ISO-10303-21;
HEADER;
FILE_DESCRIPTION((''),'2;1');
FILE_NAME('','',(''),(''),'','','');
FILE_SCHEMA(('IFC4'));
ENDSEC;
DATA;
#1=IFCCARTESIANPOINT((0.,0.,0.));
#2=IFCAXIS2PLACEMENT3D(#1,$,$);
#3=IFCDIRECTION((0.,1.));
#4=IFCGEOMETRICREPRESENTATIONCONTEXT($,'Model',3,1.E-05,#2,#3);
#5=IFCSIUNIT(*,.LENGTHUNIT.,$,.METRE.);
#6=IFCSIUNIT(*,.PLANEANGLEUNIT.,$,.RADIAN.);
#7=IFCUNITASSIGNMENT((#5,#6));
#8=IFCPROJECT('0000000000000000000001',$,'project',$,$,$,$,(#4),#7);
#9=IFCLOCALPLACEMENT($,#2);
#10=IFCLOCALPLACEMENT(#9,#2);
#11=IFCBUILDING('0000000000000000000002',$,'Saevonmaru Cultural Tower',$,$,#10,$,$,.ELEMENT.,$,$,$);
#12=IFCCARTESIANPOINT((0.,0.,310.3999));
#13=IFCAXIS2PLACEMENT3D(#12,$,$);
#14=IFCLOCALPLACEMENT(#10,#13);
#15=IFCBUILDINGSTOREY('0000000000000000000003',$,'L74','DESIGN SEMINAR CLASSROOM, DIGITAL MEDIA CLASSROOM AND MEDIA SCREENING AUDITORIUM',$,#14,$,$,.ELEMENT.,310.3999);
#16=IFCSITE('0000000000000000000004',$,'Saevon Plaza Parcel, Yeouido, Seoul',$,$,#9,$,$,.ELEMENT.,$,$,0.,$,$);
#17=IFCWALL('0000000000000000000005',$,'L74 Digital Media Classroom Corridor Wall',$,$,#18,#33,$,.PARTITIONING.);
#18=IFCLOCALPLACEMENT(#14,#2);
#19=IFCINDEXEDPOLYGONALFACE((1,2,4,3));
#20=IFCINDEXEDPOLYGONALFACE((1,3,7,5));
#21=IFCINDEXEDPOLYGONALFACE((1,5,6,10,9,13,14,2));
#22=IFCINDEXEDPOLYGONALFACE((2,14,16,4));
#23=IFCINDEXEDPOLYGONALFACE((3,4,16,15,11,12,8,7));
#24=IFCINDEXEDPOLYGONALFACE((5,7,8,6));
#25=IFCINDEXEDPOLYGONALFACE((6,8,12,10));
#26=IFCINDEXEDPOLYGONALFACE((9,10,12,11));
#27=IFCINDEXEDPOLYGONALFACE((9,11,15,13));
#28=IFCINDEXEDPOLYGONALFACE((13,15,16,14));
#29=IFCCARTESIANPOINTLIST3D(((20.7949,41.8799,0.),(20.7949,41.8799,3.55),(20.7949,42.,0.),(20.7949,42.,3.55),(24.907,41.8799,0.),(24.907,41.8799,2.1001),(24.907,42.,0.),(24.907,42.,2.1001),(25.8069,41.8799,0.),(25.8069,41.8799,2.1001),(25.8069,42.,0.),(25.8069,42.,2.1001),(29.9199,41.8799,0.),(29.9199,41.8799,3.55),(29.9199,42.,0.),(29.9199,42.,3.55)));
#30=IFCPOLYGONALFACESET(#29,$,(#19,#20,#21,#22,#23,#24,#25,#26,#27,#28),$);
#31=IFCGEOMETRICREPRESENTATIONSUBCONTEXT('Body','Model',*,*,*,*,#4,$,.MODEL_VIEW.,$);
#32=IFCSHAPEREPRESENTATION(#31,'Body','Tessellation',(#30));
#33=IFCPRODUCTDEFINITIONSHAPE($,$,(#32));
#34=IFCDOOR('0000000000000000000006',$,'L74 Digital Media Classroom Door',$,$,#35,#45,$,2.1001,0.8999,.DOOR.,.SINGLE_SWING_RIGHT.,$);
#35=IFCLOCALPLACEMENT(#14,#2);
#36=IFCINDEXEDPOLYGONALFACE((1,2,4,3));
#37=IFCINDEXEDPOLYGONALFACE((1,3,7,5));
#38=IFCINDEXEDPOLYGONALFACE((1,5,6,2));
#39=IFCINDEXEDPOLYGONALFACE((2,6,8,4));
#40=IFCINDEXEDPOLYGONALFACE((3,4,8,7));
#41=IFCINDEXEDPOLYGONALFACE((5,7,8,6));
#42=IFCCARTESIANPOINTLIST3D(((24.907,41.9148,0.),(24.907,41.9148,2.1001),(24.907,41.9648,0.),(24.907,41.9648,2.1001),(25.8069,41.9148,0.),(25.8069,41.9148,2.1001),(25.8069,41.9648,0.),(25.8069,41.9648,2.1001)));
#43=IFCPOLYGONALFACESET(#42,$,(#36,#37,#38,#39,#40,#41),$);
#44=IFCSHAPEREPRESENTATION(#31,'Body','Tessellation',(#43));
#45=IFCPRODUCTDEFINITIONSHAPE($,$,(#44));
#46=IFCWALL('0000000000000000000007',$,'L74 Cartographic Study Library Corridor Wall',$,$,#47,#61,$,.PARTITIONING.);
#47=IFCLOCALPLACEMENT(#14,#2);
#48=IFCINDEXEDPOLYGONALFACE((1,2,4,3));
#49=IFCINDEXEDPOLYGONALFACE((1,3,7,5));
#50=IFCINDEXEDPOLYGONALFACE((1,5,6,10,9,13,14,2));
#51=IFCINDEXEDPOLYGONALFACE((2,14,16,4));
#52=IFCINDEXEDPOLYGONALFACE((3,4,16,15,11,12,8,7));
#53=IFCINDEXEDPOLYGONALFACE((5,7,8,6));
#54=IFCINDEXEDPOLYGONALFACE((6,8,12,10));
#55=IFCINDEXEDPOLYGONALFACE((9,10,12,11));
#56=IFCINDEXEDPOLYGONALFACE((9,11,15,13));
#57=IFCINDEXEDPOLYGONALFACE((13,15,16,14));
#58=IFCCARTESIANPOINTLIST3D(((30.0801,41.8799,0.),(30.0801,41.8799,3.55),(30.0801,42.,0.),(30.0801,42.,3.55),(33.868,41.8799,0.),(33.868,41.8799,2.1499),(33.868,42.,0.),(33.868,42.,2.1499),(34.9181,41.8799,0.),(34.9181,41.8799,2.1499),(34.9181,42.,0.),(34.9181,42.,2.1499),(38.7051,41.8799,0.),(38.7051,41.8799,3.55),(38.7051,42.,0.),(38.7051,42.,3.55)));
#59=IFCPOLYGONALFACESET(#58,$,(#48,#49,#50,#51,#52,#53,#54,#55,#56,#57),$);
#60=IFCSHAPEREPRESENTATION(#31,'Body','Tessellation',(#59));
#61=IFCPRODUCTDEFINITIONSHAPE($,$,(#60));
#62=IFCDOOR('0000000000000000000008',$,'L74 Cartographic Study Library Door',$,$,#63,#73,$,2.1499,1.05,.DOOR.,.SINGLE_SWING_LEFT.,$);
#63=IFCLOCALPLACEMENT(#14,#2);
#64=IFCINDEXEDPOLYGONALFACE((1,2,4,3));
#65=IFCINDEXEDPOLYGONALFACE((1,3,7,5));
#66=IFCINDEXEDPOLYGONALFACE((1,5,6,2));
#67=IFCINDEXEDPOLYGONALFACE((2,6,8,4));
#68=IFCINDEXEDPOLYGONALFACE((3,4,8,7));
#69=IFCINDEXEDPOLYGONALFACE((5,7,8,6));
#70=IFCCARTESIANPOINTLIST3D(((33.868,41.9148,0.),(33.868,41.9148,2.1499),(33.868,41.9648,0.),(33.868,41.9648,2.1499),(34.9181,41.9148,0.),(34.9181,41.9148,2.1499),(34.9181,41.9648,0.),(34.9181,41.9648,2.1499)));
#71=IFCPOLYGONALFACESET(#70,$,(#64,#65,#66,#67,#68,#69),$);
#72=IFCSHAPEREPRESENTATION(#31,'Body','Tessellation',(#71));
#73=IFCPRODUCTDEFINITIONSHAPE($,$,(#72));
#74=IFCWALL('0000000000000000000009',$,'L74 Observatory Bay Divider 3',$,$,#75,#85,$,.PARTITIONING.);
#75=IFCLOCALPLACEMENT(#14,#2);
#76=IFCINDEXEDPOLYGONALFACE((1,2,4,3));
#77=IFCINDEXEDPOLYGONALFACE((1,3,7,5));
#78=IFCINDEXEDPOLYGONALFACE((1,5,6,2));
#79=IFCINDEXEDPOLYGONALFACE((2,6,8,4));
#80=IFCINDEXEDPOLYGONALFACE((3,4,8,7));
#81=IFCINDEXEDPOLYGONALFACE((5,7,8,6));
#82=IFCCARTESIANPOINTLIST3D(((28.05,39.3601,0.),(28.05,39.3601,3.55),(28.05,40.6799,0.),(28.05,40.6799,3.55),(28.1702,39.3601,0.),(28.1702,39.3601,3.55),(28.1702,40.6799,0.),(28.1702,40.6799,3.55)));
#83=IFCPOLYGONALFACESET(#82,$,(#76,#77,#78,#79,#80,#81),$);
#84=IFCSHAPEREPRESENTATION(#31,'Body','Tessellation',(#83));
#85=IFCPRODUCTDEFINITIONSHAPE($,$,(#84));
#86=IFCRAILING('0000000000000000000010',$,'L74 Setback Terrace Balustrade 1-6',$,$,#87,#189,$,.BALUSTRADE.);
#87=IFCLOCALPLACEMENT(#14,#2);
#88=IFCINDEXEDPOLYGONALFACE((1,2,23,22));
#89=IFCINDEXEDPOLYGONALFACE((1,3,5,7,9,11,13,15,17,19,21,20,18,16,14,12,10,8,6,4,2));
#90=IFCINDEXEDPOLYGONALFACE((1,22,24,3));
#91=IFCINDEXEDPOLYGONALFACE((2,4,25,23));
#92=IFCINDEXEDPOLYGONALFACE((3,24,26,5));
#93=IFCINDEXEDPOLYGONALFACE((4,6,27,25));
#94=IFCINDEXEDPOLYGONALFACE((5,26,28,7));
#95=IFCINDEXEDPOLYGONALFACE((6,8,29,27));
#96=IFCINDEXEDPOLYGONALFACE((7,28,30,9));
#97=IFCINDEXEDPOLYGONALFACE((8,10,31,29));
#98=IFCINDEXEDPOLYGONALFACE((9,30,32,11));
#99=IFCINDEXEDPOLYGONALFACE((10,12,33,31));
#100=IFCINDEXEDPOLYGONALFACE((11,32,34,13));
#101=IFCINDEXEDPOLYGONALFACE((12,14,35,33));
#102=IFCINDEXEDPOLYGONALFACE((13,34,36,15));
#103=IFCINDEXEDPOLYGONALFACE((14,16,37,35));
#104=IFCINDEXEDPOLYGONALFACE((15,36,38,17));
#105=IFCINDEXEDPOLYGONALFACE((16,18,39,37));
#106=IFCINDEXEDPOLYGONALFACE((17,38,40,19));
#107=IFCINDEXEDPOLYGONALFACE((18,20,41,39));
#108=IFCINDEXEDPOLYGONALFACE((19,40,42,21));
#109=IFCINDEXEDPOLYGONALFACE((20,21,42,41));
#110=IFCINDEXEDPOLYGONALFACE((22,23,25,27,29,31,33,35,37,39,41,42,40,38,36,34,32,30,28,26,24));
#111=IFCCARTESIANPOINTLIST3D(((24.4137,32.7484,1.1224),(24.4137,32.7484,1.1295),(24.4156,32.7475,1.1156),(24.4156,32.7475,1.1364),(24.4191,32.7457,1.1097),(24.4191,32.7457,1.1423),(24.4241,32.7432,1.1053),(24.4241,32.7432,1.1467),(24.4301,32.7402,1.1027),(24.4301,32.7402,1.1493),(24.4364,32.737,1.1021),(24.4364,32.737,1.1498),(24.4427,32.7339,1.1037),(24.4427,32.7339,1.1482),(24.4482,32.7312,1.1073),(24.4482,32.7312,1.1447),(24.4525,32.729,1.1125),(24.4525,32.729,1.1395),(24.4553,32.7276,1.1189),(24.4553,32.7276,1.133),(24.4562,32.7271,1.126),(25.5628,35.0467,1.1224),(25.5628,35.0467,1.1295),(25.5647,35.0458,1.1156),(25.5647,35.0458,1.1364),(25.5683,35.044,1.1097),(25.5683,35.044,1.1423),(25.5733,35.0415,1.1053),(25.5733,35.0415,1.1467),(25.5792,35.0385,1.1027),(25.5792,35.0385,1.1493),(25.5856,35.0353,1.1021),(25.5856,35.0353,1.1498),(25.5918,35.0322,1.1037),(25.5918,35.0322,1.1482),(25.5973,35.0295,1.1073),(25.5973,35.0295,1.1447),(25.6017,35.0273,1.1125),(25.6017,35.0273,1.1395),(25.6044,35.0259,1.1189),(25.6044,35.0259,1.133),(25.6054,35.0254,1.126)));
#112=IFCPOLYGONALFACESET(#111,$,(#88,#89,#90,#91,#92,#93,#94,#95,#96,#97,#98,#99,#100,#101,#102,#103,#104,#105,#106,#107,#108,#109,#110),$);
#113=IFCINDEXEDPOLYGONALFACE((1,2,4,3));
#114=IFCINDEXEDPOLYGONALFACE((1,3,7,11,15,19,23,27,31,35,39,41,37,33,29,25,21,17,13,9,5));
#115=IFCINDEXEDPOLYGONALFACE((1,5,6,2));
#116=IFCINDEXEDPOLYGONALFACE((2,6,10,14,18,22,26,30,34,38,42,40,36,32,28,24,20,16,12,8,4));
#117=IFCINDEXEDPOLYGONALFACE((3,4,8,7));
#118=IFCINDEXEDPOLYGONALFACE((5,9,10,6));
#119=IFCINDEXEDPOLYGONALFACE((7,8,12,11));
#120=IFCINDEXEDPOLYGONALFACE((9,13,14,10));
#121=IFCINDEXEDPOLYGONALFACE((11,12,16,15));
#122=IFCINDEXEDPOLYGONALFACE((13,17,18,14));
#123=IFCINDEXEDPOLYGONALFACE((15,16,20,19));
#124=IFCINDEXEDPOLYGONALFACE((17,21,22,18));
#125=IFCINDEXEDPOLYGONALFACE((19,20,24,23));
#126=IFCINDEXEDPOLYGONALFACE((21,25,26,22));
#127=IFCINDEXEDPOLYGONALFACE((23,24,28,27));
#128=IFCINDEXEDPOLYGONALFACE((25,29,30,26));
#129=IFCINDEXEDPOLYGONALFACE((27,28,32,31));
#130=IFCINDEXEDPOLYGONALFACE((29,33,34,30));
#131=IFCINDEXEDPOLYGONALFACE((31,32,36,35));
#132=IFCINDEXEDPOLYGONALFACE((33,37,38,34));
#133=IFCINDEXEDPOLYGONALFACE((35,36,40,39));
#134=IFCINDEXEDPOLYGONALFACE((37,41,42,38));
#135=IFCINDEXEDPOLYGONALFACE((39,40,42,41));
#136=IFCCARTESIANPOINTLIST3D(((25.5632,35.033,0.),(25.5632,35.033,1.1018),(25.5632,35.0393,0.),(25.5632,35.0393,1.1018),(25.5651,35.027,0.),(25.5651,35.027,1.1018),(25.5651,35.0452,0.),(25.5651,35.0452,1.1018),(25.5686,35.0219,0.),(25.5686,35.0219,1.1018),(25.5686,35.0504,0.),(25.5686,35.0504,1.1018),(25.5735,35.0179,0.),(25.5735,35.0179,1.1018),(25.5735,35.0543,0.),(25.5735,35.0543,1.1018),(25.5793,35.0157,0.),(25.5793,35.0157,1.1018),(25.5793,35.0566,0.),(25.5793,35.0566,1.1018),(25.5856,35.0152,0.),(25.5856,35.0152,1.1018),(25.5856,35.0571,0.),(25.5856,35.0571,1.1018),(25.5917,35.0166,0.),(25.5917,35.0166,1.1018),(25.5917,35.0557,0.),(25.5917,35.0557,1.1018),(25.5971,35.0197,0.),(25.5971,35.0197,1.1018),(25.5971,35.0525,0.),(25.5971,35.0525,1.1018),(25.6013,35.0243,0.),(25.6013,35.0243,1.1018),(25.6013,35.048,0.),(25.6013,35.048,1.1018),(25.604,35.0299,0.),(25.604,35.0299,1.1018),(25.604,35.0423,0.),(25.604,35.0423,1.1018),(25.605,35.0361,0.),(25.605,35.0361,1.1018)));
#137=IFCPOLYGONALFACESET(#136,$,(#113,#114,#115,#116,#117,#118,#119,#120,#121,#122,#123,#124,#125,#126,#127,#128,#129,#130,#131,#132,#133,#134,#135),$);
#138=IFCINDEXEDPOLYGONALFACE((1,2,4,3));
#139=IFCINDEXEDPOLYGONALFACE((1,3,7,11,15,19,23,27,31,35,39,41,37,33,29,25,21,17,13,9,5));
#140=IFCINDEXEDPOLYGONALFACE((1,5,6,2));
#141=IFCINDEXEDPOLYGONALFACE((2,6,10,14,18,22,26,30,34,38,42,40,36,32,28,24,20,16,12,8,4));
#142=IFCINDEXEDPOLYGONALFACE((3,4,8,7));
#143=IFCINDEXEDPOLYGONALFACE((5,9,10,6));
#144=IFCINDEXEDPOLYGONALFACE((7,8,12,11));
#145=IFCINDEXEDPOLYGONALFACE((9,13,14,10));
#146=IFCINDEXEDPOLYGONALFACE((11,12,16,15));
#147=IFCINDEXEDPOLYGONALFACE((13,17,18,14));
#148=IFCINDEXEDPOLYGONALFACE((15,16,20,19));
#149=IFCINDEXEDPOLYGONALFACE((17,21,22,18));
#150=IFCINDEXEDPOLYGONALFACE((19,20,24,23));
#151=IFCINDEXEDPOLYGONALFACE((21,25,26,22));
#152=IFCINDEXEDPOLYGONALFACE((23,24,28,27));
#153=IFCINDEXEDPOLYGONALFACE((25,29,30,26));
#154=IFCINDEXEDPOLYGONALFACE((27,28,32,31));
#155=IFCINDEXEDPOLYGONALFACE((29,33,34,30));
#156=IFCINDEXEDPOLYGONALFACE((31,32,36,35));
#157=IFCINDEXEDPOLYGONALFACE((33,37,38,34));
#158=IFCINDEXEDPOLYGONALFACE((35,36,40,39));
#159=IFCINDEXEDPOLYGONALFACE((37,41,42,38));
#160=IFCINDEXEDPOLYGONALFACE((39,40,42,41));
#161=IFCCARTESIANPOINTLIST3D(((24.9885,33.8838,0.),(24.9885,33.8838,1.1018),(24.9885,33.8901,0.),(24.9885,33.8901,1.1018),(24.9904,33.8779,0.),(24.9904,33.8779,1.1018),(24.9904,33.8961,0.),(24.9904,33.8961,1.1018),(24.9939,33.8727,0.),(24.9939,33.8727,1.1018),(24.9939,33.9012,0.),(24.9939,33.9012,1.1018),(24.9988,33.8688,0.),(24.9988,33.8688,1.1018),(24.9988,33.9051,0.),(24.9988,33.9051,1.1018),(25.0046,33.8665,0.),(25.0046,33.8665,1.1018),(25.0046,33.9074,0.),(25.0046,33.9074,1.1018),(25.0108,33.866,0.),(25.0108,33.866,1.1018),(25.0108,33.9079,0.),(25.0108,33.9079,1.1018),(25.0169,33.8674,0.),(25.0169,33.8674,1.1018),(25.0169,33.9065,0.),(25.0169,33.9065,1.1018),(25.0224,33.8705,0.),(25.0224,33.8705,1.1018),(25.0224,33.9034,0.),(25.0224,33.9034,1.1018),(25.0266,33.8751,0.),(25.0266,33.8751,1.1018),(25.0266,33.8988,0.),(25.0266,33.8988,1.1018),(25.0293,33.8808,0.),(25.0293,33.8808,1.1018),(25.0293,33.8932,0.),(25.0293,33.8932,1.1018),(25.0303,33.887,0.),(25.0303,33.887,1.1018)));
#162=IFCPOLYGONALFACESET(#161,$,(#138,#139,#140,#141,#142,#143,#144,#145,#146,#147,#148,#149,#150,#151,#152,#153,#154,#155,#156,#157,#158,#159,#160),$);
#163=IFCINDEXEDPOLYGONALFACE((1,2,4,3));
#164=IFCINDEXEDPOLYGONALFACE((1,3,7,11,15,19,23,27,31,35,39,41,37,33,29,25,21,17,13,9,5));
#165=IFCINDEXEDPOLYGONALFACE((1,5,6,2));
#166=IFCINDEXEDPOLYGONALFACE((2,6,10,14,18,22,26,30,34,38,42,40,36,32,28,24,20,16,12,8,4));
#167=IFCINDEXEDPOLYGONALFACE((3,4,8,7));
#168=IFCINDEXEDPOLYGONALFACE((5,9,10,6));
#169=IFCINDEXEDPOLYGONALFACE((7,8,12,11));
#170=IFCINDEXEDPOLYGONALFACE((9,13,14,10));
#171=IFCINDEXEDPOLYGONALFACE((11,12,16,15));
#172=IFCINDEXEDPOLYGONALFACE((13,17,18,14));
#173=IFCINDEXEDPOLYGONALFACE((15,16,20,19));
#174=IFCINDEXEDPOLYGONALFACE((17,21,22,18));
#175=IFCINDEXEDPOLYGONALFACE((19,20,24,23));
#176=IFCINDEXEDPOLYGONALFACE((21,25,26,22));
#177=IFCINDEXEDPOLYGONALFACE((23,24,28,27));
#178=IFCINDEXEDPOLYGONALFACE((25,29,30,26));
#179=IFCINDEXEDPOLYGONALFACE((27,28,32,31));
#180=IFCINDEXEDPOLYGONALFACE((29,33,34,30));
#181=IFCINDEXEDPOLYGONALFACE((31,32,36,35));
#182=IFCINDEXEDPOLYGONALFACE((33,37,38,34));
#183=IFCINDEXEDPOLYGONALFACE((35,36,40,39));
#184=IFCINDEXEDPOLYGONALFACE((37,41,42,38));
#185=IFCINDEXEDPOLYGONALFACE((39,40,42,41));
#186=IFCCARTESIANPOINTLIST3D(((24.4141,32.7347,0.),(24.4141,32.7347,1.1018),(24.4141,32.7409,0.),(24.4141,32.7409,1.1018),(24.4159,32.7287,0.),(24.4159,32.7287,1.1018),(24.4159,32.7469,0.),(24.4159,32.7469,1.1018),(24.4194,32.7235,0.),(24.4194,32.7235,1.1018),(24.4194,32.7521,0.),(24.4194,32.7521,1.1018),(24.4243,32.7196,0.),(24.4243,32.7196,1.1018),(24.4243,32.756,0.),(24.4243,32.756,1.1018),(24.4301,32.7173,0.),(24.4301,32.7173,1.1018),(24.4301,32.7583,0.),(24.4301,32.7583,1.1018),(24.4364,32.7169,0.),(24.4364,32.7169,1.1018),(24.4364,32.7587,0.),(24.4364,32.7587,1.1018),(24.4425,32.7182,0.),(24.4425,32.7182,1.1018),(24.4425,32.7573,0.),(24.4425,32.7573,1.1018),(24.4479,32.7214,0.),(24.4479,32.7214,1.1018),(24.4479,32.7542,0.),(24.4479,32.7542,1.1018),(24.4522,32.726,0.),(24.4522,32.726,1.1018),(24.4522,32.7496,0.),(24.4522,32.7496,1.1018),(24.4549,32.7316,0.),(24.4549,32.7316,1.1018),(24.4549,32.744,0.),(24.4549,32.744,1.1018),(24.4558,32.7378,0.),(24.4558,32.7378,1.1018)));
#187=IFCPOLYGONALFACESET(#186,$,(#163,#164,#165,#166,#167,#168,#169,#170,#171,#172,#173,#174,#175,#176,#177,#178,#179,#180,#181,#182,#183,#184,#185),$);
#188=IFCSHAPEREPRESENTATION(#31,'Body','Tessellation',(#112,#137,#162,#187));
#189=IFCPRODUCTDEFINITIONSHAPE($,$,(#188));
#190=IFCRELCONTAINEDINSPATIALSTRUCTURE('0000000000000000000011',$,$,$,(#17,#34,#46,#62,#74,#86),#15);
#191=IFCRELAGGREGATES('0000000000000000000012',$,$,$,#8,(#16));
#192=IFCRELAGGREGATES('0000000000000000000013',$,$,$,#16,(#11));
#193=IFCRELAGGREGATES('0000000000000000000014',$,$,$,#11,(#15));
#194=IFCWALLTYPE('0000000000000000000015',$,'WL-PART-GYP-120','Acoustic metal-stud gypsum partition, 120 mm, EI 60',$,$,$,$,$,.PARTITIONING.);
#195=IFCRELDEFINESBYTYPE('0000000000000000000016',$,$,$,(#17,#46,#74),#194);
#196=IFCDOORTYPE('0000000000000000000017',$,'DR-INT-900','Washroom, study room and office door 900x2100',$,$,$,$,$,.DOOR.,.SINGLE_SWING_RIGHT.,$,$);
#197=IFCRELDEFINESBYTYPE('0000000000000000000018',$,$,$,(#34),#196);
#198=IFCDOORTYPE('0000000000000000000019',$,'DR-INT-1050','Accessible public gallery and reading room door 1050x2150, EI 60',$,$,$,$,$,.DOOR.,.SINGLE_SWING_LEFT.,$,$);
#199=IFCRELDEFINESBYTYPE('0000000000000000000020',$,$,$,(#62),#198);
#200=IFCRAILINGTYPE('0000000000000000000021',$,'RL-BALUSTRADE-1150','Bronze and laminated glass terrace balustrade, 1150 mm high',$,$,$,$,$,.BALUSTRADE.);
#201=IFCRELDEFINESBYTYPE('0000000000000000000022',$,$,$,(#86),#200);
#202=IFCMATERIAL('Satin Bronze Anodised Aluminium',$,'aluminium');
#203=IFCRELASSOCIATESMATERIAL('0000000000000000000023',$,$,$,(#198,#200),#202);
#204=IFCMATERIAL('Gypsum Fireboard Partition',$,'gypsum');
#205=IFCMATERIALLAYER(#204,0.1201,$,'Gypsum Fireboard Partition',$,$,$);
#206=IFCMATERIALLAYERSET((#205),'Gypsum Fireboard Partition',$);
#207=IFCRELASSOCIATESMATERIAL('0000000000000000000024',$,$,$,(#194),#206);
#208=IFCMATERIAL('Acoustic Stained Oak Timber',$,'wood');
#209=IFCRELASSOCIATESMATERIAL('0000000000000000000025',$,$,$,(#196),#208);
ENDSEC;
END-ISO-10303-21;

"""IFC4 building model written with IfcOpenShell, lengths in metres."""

from ifc_helpers import new_model, si_unit, direction, frame, frame_2d, origin, origin_2d, place, context, subcontext, project, spatial, rectangle, circle, extrude, material, layer, layer_set, type_object, element, fill, save


model = new_model("IFC4")

# Units and contexts
model_context = context("Model", 3, precision=1e-05, world=origin(), true_north=direction((0.0, 1.0)))
body_context = subcontext(model_context, "Body", "Model", "MODEL_VIEW")
ifc_project = project(units=[si_unit("LENGTHUNIT", "METRE"), si_unit("PLANEANGLEUNIT", "RADIAN")], contexts=[model_context])

# Site, building, storey
site_placement = place(None, origin())
site = spatial("IfcSite", under=ifc_project, at=site_placement, Name="Saevon Plaza Parcel, Yeouido, Seoul", CompositionType="ELEMENT", RefElevation=0.0)
building_placement = place(site_placement, origin())
building = spatial("IfcBuilding", under=site, at=building_placement, Name="Saevonmaru Cultural Tower", CompositionType="ELEMENT")
storey_placement = place(building_placement, frame((0.0, 0.0, 310.3999)))
storey = spatial("IfcBuildingStorey", under=building, at=storey_placement, Name="L74", Description="DESIGN SEMINAR CLASSROOM, DIGITAL MEDIA CLASSROOM AND MEDIA SCREENING AUDITORIUM", CompositionType="ELEMENT", Elevation=310.3999)

# Shared definitions
ifc_material_1 = material(Name="Gypsum Fireboard Partition", Category="gypsum")
ifc_material_2 = material(Name="Satin Bronze Anodised Aluminium", Category="aluminium")

# Shared definitions
door_type_1 = type_object("IfcDoorType", Name="DR-INT-1050", Description="Accessible public gallery and reading room door 1050x2150, EI 60", OperationType="SINGLE_SWING_LEFT", PredefinedType="DOOR", material=ifc_material_2)

# Shared definitions
ifc_layer_1 = layer(ifc_material_1, 0.1201, Name="Gypsum Fireboard Partition")
ifc_layer_set_1 = layer_set([ifc_layer_1], Name="Gypsum Fireboard Partition")
wall_type_1 = type_object("IfcWallType", Name="WL-PART-GYP-120", Description="Acoustic metal-stud gypsum partition, 120 mm, EI 60", PredefinedType="PARTITIONING", material=ifc_layer_set_1)

# Walls, openings, doors
wall_1_placement = place(storey_placement, frame((20.7949, 41.9399, 0.0), z_axis=(0.0, 0.0, 1.0), x_axis=(1.0, 0.0, 0.0)))
wall_1 = element("IfcWall", 1, at=wall_1_placement, inside=storey, type_object=wall_type_1, Name="L74 Digital Media Classroom Corridor Wall", PredefinedType="PARTITIONING", context=body_context, shape_type="SweptSolid", body=[
    extrude(rectangle(XDim=9.125, YDim=0.1201, at=frame_2d((4.5625, 0.0))), origin(), (0.0, 0.0, 1.0), 3.55),
])
opening_1_placement = place(wall_1_placement, frame((4.1121, 0.0, 0.0)))
opening_1 = element("IfcOpeningElement", 2, at=opening_1_placement, cuts=wall_1, PredefinedType="OPENING", context=body_context, shape_type="SweptSolid", body=[
    extrude(rectangle(XDim=0.8999, YDim=2.1001, at=frame_2d((0.45, 1.05))), frame((0.0, 0.0701, 0.0), z_axis=(0.0, -1.0, 0.0), x_axis=(1.0, 0.0, 0.0)), (0.0, 0.0, 1.0), 0.1401),
])
ifc_material_3 = material(Name="Acoustic Stained Oak Timber", Category="wood")
door_type_2 = type_object("IfcDoorType", Name="DR-INT-900", Description="Washroom, study room and office door 900x2100", OperationType="SINGLE_SWING_RIGHT", PredefinedType="DOOR", material=ifc_material_3)
door_1_placement = place(opening_1_placement, origin())
door_1 = element("IfcDoor", 3, at=door_1_placement, inside=storey, type_object=door_type_2, Name="L74 Digital Media Classroom Door", OperationType="SINGLE_SWING_RIGHT", OverallHeight=2.1001, OverallWidth=0.8999, PredefinedType="DOOR", context=body_context, shape_type="SweptSolid", body=[
    extrude(rectangle(XDim=0.8999, YDim=2.1001, at=frame_2d((0.45, 1.05))), frame((0.0, 0.0249, 0.0), z_axis=(0.0, -1.0, 0.0), x_axis=(1.0, 0.0, 0.0)), (0.0, 0.0, 1.0), 0.05),
])
fill(opening_1, door_1)
wall_2_placement = place(storey_placement, frame((30.0801, 41.9399, 0.0), z_axis=(0.0, 0.0, 1.0), x_axis=(1.0, 0.0, 0.0)))
wall_2 = element("IfcWall", 4, at=wall_2_placement, inside=storey, type_object=wall_type_1, Name="L74 Cartographic Study Library Corridor Wall", PredefinedType="PARTITIONING", context=body_context, shape_type="SweptSolid", body=[
    extrude(rectangle(XDim=8.625, YDim=0.1201, at=frame_2d((4.3125, 0.0))), origin(), (0.0, 0.0, 1.0), 3.55),
])
opening_2_placement = place(wall_2_placement, frame((3.7881, 0.0, 0.0)))
opening_2 = element("IfcOpeningElement", 5, at=opening_2_placement, cuts=wall_2, PredefinedType="OPENING", context=body_context, shape_type="SweptSolid", body=[
    extrude(rectangle(XDim=1.05, YDim=2.1499, at=frame_2d((0.5249, 1.075))), frame((0.0, 0.0701, 0.0), z_axis=(0.0, -1.0, 0.0), x_axis=(1.0, 0.0, 0.0)), (0.0, 0.0, 1.0), 0.1401),
])
door_2_placement = place(opening_2_placement, origin())
door_2 = element("IfcDoor", 6, at=door_2_placement, inside=storey, type_object=door_type_1, Name="L74 Cartographic Study Library Door", OperationType="SINGLE_SWING_LEFT", OverallHeight=2.1499, OverallWidth=1.05, PredefinedType="DOOR", context=body_context, shape_type="SweptSolid", body=[
    extrude(rectangle(XDim=1.05, YDim=2.1499, at=frame_2d((0.5249, 1.075))), frame((0.0, 0.0249, 0.0), z_axis=(0.0, -1.0, 0.0), x_axis=(1.0, 0.0, 0.0)), (0.0, 0.0, 1.0), 0.05),
])
fill(opening_2, door_2)

# Wall
wall_3_placement = place(storey_placement, frame((28.1101, 39.3601, 0.0), z_axis=(0.0, 0.0, 1.0), x_axis=(0.0, 1.0, 0.0)))
element("IfcWall", 7, at=wall_3_placement, inside=storey, type_object=wall_type_1, Name="L74 Observatory Bay Divider 3", PredefinedType="PARTITIONING", context=body_context, shape_type="SweptSolid", body=[
    extrude(rectangle(XDim=1.3198, YDim=0.1201, at=frame_2d((0.6599, 0.0))), origin(), (0.0, 0.0, 1.0), 3.55),
])

# Railing
railing_type = type_object("IfcRailingType", Name="RL-BALUSTRADE-1150", Description="Bronze and laminated glass terrace balustrade, 1150 mm high", PredefinedType="BALUSTRADE", material=ifc_material_2)
railing_1_placement = place(storey_placement, frame((25.584, 35.0361, 0.0)))
element("IfcRailing", 8, at=railing_1_placement, inside=storey, type_object=railing_type, Name="L74 Setback Terrace Balustrade 1-6", PredefinedType="BALUSTRADE", context=body_context, shape_type="SweptSolid", body=[
    extrude(circle(Radius=0.0239, at=origin_2d()), frame((0.0, 0.0, 1.126), z_axis=(-0.447214, -0.894427, 0.0), x_axis=(0.894427, -0.447214, 0.0)), (0.0, 0.0, 1.0), 2.5696),
    extrude(circle(Radius=0.021, at=origin_2d()), origin(), (0.0, 0.0, 1.0), 1.1018),
    extrude(circle(Radius=0.021, at=origin_2d()), frame((-0.5747, -1.1492, 0.0)), (0.0, 0.0, 1.0), 1.1018),
    extrude(circle(Radius=0.021, at=origin_2d()), frame((-1.1492, -2.2983, 0.0)), (0.0, 0.0, 1.0), 1.1018),
])

save(model, "model.ifc")
